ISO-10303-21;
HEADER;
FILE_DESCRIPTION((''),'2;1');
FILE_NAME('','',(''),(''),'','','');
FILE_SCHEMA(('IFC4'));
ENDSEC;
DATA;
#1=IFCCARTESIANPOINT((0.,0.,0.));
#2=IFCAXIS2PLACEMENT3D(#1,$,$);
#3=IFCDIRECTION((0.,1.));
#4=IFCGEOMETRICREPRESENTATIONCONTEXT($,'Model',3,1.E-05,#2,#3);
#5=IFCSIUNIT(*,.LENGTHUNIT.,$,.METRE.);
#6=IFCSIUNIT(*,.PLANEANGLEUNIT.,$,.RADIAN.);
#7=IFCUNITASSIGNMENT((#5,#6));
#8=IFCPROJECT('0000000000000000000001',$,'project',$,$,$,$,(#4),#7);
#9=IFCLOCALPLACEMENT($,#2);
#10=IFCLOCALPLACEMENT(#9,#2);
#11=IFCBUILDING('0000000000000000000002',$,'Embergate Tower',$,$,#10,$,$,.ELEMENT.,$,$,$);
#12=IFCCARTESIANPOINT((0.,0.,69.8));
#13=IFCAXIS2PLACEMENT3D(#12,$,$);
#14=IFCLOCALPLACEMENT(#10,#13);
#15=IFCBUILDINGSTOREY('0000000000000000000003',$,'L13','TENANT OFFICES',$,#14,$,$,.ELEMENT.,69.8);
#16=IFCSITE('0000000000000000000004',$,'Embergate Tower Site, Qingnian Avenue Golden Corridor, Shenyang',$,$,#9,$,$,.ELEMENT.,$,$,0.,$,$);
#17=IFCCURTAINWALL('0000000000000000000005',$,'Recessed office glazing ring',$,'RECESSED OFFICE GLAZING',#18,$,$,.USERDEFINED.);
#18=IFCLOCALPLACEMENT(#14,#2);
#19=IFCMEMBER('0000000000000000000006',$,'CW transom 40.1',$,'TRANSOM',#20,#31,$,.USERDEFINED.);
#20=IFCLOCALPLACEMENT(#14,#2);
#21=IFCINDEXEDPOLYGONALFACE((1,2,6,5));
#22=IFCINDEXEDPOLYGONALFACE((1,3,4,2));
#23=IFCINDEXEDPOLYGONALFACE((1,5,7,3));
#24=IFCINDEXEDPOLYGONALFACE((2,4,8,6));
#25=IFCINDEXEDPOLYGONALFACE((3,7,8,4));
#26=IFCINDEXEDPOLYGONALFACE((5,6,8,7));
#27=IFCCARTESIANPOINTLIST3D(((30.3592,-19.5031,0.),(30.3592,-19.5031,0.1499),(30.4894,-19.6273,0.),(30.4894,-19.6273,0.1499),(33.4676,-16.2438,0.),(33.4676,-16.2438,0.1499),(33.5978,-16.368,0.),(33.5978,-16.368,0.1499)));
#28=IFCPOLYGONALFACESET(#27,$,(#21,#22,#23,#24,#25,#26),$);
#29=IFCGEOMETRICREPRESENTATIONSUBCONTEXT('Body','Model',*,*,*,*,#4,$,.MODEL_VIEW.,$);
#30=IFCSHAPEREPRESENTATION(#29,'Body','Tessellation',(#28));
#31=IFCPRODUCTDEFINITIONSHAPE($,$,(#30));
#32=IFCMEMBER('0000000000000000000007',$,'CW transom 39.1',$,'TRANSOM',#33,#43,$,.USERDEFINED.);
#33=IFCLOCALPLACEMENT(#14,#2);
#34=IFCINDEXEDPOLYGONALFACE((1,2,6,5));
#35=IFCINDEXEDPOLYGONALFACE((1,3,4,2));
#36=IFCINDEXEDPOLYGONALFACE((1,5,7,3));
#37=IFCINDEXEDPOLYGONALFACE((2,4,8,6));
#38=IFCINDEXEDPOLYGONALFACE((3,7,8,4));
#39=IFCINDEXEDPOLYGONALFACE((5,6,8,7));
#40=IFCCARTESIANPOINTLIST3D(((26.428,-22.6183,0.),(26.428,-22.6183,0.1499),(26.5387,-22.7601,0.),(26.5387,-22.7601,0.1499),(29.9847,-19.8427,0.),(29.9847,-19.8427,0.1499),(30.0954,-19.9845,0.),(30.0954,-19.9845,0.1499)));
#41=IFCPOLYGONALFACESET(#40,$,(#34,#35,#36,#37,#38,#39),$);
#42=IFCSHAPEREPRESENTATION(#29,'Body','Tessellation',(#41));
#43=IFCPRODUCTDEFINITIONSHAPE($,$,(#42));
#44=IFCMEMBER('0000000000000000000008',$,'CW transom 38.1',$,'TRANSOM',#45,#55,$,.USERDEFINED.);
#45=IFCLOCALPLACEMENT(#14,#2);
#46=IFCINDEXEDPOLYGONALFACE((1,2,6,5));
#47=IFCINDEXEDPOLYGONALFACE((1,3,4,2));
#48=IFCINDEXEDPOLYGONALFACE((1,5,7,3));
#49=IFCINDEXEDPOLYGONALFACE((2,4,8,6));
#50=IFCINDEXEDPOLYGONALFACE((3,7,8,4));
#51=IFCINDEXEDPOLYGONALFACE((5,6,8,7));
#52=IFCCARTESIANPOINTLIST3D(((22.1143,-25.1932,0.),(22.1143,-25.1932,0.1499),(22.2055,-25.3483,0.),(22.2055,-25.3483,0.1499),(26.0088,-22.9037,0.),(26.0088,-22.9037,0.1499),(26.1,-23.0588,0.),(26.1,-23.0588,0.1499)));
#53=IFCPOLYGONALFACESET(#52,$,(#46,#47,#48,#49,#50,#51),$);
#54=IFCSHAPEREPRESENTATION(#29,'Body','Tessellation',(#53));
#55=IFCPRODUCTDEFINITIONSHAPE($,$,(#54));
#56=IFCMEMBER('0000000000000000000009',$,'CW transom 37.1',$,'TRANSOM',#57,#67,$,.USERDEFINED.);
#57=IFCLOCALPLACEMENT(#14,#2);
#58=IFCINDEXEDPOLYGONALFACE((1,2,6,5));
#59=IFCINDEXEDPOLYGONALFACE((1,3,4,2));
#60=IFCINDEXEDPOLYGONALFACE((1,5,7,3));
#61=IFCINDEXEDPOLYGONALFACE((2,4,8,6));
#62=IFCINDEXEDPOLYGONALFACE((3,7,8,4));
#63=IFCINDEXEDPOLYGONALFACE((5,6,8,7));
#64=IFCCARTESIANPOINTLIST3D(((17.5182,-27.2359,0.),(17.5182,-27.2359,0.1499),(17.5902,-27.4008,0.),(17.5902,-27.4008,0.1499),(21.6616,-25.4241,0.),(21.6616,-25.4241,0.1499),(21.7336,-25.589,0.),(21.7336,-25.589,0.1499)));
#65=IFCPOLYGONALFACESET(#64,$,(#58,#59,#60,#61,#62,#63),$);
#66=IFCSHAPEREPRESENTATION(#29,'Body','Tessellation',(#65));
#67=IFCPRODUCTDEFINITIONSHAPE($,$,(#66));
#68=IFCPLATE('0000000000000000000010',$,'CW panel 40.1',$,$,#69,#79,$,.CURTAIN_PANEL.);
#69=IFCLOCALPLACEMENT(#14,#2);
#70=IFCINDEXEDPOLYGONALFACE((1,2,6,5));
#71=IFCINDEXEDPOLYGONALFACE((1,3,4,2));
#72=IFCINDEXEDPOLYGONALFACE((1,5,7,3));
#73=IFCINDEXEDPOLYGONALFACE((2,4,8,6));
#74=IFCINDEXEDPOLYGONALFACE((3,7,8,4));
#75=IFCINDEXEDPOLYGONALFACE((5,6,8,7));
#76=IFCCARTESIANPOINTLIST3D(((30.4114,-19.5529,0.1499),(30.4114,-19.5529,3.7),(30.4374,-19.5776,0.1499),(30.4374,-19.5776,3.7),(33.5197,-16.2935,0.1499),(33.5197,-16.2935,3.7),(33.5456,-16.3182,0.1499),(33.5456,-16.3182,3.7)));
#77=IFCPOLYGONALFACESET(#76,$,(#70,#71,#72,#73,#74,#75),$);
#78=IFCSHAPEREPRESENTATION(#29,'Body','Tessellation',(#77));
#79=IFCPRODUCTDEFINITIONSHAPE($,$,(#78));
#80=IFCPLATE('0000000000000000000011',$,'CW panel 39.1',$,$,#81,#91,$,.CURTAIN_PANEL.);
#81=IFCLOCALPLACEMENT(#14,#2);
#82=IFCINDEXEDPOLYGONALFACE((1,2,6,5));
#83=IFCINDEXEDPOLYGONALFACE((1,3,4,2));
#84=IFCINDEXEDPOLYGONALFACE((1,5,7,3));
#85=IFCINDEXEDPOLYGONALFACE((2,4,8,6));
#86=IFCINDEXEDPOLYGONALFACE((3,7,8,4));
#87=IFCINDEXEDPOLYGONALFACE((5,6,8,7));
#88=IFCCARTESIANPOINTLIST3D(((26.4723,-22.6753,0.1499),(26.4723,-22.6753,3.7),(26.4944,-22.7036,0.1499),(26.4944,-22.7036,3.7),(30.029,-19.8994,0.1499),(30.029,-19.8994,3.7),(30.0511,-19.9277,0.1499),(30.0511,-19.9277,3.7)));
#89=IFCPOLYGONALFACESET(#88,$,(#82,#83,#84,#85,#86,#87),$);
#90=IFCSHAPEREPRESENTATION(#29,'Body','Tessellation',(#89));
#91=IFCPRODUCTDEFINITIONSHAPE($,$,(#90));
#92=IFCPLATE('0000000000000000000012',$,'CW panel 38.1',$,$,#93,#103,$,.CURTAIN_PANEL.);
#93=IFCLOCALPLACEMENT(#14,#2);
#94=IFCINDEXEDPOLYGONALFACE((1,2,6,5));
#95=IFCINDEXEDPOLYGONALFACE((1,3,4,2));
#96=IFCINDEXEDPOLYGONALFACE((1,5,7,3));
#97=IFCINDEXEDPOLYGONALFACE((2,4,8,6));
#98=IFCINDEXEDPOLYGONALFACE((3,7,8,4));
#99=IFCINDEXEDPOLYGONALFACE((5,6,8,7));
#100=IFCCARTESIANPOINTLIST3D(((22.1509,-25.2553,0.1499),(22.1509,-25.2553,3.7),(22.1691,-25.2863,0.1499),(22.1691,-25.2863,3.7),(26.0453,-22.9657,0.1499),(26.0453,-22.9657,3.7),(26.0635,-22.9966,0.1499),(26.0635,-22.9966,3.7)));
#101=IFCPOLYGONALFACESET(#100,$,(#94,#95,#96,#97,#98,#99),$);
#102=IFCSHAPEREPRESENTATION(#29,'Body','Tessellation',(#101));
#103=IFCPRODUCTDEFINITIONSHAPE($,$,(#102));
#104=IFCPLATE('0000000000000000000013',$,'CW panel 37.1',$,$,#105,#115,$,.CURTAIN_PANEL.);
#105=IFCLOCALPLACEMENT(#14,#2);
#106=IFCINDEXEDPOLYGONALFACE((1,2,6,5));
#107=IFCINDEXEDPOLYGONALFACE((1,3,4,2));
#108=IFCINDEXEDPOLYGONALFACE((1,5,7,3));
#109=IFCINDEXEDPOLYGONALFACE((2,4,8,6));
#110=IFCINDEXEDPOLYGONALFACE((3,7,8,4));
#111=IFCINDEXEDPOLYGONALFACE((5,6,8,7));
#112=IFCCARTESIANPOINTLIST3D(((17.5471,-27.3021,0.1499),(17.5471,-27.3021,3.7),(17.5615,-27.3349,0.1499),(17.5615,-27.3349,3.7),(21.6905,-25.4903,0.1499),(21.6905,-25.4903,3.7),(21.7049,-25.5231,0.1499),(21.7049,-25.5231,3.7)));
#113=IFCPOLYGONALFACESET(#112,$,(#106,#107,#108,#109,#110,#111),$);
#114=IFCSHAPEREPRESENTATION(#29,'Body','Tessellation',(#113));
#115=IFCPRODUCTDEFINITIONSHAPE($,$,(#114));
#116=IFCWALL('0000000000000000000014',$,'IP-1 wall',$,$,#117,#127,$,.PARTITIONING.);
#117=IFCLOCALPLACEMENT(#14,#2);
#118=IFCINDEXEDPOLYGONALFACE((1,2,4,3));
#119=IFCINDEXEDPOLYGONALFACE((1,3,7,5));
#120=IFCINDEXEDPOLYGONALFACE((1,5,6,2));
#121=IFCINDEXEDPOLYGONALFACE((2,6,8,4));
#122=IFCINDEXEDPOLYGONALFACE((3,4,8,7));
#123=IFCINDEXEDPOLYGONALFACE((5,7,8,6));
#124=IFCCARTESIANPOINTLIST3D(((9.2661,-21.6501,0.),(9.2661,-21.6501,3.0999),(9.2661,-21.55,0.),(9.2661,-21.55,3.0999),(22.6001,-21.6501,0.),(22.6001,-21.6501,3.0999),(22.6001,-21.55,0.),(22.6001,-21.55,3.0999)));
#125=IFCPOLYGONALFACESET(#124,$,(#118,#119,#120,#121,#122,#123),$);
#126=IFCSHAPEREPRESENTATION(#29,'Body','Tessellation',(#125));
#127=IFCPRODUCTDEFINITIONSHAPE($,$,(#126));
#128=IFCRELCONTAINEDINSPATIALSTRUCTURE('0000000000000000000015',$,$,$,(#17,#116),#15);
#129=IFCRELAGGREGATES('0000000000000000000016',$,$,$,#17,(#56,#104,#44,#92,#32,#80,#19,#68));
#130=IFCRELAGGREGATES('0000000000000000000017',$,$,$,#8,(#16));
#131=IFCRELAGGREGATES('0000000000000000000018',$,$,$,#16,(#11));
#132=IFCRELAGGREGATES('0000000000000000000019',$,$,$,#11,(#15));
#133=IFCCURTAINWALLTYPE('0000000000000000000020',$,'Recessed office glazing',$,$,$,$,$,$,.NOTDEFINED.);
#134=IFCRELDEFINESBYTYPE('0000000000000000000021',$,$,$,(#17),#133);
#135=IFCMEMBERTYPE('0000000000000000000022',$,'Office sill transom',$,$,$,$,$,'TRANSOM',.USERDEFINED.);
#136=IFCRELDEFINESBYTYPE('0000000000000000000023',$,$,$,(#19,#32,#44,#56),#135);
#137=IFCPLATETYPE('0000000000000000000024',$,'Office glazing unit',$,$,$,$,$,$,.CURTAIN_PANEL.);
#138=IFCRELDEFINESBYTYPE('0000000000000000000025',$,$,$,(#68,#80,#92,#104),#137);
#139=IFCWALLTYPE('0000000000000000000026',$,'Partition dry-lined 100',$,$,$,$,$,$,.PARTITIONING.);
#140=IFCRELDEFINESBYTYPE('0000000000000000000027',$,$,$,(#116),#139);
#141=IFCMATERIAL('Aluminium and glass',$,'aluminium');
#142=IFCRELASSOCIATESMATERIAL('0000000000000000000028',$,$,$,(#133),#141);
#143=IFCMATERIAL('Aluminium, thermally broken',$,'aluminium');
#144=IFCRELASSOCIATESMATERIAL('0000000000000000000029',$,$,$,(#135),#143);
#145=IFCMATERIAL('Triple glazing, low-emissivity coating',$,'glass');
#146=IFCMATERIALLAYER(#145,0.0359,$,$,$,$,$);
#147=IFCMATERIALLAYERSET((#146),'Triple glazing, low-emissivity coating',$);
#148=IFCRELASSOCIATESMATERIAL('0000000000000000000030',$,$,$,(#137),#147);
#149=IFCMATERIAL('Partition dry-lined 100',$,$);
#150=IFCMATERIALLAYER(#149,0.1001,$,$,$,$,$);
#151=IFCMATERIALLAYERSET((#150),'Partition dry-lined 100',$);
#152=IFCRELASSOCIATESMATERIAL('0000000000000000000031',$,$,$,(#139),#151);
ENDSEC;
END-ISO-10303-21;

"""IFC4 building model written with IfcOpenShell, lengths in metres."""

from ifc_helpers import new_model, si_unit, direction, frame, frame_2d, origin, origin_2d, place, context, subcontext, project, spatial, rectangle, extrude, source, transform, mapped, material, layer, layer_set, material_profile, profile_set, type_object, element, aggregate, save


model = new_model("IFC4")

# Units and contexts
model_context = context("Model", 3, precision=1e-05, world=origin(), true_north=direction((0.0, 1.0)))
body_context = subcontext(model_context, "Body", "Model", "MODEL_VIEW")
ifc_project = project(units=[si_unit("LENGTHUNIT", "METRE"), si_unit("PLANEANGLEUNIT", "RADIAN")], contexts=[model_context])

# Site, building, storey
site_placement = place(None, origin())
site = spatial("IfcSite", under=ifc_project, at=site_placement, Name="Embergate Tower Site, Qingnian Avenue Golden Corridor, Shenyang", CompositionType="ELEMENT", RefElevation=0.0)
building_placement = place(site_placement, origin())
building = spatial("IfcBuilding", under=site, at=building_placement, Name="Embergate Tower", CompositionType="ELEMENT")
storey_placement = place(building_placement, frame((0.0, 0.0, 69.8)))
storey = spatial("IfcBuildingStorey", under=building, at=storey_placement, Name="L13", Description="TENANT OFFICES", CompositionType="ELEMENT", Elevation=69.8)

# Curtain wall, members, plates
ifc_material_1 = material(Name="Aluminium and glass", Category="aluminium")
curtain_wall_type = type_object("IfcCurtainWallType", Name="Recessed office glazing", PredefinedType="NOTDEFINED", material=ifc_material_1)
curtain_wall_placement = place(storey_placement, origin())
curtain_wall = element("IfcCurtainWall", 1, at=curtain_wall_placement, inside=storey, type_object=curtain_wall_type, Name="Recessed office glazing ring", ObjectType="RECESSED OFFICE GLAZING", PredefinedType="USERDEFINED")
ifc_material_2 = material(Name="Aluminium, thermally broken", Category="aluminium")
ifc_material_profile_1 = material_profile(ifc_material_2, rectangle(XDim=0.1799, YDim=0.1499, at=origin_2d()), Name="AL 150x180")
ifc_profile_set_1 = profile_set([ifc_material_profile_1], Name="Aluminium, thermally broken")
member_type_1 = type_object("IfcMemberType", Name="Office sill transom", ElementType="TRANSOM", PredefinedType="USERDEFINED", material=ifc_profile_set_1)
shared_shape_1 = source(origin(), body_context, "Body", "SweptSolid", [
    extrude(rectangle(XDim=0.1799, YDim=0.1499, at=origin_2d()), origin(), (0.0, 0.0, 1.0), 4.5039),
])
member_1_placement = place(storey_placement, frame((30.4243, -19.5652, 0.075), z_axis=(0.690159, 0.723658, 0.0), x_axis=(-0.723658, 0.690159, 0.0)))
member_1 = element("IfcMember", 2, at=member_1_placement, type_object=member_type_1, Name="CW transom 40.1", ObjectType="TRANSOM", PredefinedType="USERDEFINED", context=body_context, shape_type="MappedRepresentation", body=[
    mapped(shared_shape_1, transform((0.0, 0.0, 0.0))),
])
shared_shape_2 = source(origin(), body_context, "Body", "SweptSolid", [
    extrude(rectangle(XDim=0.1799, YDim=0.1499, at=origin_2d()), origin(), (0.0, 0.0, 1.0), 4.5115),
])
member_2_placement = place(storey_placement, frame((26.4834, -22.6892, 0.075), z_axis=(0.788346, 0.615232, 0.0), x_axis=(-0.615232, 0.788346, 0.0)))
member_2 = element("IfcMember", 3, at=member_2_placement, type_object=member_type_1, Name="CW transom 39.1", ObjectType="TRANSOM", PredefinedType="USERDEFINED", context=body_context, shape_type="MappedRepresentation", body=[
    mapped(shared_shape_2, transform((0.0, 0.0, 0.0))),
])
shared_shape_3 = source(origin(), body_context, "Body", "SweptSolid", [
    extrude(rectangle(XDim=0.1799, YDim=0.1499, at=origin_2d()), origin(), (0.0, 0.0, 1.0), 4.5176),
])
member_3_placement = place(storey_placement, frame((22.1599, -25.2708, 0.075), z_axis=(0.862065, 0.506798, 0.0), x_axis=(-0.506798, 0.862065, 0.0)))
member_3 = element("IfcMember", 4, at=member_3_placement, type_object=member_type_1, Name="CW transom 38.1", ObjectType="TRANSOM", PredefinedType="USERDEFINED", context=body_context, shape_type="MappedRepresentation", body=[
    mapped(shared_shape_3, transform((0.0, 0.0, 0.0))),
])
shared_shape_4 = source(origin(), body_context, "Body", "SweptSolid", [
    extrude(rectangle(XDim=0.1799, YDim=0.1499, at=origin_2d()), origin(), (0.0, 0.0, 1.0), 4.5222),
])
member_4_placement = place(storey_placement, frame((17.5542, -27.3184, 0.075), z_axis=(0.916233, 0.400646, 0.0), x_axis=(-0.400646, 0.916233, 0.0)))
member_4 = element("IfcMember", 5, at=member_4_placement, type_object=member_type_1, Name="CW transom 37.1", ObjectType="TRANSOM", PredefinedType="USERDEFINED", context=body_context, shape_type="MappedRepresentation", body=[
    mapped(shared_shape_4, transform((0.0, 0.0, 0.0))),
])
ifc_material_3 = material(Name="Triple glazing, low-emissivity coating", Category="glass")
ifc_layer_1 = layer(ifc_material_3, 0.0359)
ifc_layer_set_1 = layer_set([ifc_layer_1], Name="Triple glazing, low-emissivity coating")
plate_type = type_object("IfcPlateType", Name="Office glazing unit", PredefinedType="CURTAIN_PANEL", material=ifc_layer_set_1)
shared_shape_5 = source(origin(), body_context, "Body", "SweptSolid", [
    extrude(rectangle(XDim=4.5039, YDim=0.0359, at=origin_2d()), origin(), (0.0, 0.0, 1.0), 3.55),
])
plate_1_placement = place(storey_placement, frame((31.9785, -17.9355, 0.1499), z_axis=(0.0, 0.0, 1.0), x_axis=(0.69013, 0.723685, 0.0)))
plate_1 = element("IfcPlate", 6, at=plate_1_placement, type_object=plate_type, Name="CW panel 40.1", PredefinedType="CURTAIN_PANEL", context=body_context, shape_type="MappedRepresentation", body=[
    mapped(shared_shape_5, transform((0.0, 0.0, 0.0))),
])
shared_shape_6 = source(origin(), body_context, "Body", "SweptSolid", [
    extrude(rectangle(XDim=4.5117, YDim=0.0359, at=origin_2d()), origin(), (0.0, 0.0, 1.0), 3.55),
])
plate_2_placement = place(storey_placement, frame((28.2617, -21.3015, 0.1499), z_axis=(0.0, 0.0, 1.0), x_axis=(0.788317, 0.615269, 0.0)))
plate_2 = element("IfcPlate", 7, at=plate_2_placement, type_object=plate_type, Name="CW panel 39.1", PredefinedType="CURTAIN_PANEL", context=body_context, shape_type="MappedRepresentation", body=[
    mapped(shared_shape_6, transform((0.0, 0.0, 0.0))),
])
shared_shape_7 = source(origin(), body_context, "Body", "SweptSolid", [
    extrude(rectangle(XDim=4.5176, YDim=0.0359, at=origin_2d()), origin(), (0.0, 0.0, 1.0), 3.55),
])
plate_3_placement = place(storey_placement, frame((24.1072, -24.126, 0.1499), z_axis=(0.0, 0.0, 1.0), x_axis=(0.862051, 0.506822, 0.0)))
plate_3 = element("IfcPlate", 8, at=plate_3_placement, type_object=plate_type, Name="CW panel 38.1", PredefinedType="CURTAIN_PANEL", context=body_context, shape_type="MappedRepresentation", body=[
    mapped(shared_shape_7, transform((0.0, 0.0, 0.0))),
])
shared_shape_8 = source(origin(), body_context, "Body", "SweptSolid", [
    extrude(rectangle(XDim=4.5222, YDim=0.0359, at=origin_2d()), origin(), (0.0, 0.0, 1.0), 3.55),
])
plate_4_placement = place(storey_placement, frame((19.626, -26.4126, 0.1499), z_axis=(0.0, 0.0, 1.0), x_axis=(0.916234, 0.400643, 0.0)))
plate_4 = element("IfcPlate", 9, at=plate_4_placement, type_object=plate_type, Name="CW panel 37.1", PredefinedType="CURTAIN_PANEL", context=body_context, shape_type="MappedRepresentation", body=[
    mapped(shared_shape_8, transform((0.0, 0.0, 0.0))),
])
aggregate(curtain_wall, [member_4, plate_4, member_3, plate_3, member_2, plate_2, member_1, plate_1])

# Wall
ifc_material_4 = material(Name="Partition dry-lined 100")
ifc_layer_2 = layer(ifc_material_4, 0.1001)
ifc_layer_set_2 = layer_set([ifc_layer_2], Name="Partition dry-lined 100")
wall_type = type_object("IfcWallType", Name="Partition dry-lined 100", PredefinedType="PARTITIONING", material=ifc_layer_set_2)
shared_shape_9 = source(origin(), body_context, "Body", "SweptSolid", [
    extrude(rectangle(XDim=13.334, YDim=0.1001, at=frame_2d((6.667, 0.0))), origin(), (0.0, 0.0, 1.0), 3.0999),
])
wall_placement = place(storey_placement, frame((22.6001, -21.6001, 0.0), z_axis=(0.0, 0.0, 1.0), x_axis=(-1.0, 0.0, 0.0)))
element("IfcWall", 10, at=wall_placement, inside=storey, type_object=wall_type, Name="IP-1 wall", PredefinedType="PARTITIONING", context=body_context, shape_type="MappedRepresentation", body=[
    mapped(shared_shape_9, transform((0.0, 0.0, 0.0))),
])

save(model, "model.ifc")
